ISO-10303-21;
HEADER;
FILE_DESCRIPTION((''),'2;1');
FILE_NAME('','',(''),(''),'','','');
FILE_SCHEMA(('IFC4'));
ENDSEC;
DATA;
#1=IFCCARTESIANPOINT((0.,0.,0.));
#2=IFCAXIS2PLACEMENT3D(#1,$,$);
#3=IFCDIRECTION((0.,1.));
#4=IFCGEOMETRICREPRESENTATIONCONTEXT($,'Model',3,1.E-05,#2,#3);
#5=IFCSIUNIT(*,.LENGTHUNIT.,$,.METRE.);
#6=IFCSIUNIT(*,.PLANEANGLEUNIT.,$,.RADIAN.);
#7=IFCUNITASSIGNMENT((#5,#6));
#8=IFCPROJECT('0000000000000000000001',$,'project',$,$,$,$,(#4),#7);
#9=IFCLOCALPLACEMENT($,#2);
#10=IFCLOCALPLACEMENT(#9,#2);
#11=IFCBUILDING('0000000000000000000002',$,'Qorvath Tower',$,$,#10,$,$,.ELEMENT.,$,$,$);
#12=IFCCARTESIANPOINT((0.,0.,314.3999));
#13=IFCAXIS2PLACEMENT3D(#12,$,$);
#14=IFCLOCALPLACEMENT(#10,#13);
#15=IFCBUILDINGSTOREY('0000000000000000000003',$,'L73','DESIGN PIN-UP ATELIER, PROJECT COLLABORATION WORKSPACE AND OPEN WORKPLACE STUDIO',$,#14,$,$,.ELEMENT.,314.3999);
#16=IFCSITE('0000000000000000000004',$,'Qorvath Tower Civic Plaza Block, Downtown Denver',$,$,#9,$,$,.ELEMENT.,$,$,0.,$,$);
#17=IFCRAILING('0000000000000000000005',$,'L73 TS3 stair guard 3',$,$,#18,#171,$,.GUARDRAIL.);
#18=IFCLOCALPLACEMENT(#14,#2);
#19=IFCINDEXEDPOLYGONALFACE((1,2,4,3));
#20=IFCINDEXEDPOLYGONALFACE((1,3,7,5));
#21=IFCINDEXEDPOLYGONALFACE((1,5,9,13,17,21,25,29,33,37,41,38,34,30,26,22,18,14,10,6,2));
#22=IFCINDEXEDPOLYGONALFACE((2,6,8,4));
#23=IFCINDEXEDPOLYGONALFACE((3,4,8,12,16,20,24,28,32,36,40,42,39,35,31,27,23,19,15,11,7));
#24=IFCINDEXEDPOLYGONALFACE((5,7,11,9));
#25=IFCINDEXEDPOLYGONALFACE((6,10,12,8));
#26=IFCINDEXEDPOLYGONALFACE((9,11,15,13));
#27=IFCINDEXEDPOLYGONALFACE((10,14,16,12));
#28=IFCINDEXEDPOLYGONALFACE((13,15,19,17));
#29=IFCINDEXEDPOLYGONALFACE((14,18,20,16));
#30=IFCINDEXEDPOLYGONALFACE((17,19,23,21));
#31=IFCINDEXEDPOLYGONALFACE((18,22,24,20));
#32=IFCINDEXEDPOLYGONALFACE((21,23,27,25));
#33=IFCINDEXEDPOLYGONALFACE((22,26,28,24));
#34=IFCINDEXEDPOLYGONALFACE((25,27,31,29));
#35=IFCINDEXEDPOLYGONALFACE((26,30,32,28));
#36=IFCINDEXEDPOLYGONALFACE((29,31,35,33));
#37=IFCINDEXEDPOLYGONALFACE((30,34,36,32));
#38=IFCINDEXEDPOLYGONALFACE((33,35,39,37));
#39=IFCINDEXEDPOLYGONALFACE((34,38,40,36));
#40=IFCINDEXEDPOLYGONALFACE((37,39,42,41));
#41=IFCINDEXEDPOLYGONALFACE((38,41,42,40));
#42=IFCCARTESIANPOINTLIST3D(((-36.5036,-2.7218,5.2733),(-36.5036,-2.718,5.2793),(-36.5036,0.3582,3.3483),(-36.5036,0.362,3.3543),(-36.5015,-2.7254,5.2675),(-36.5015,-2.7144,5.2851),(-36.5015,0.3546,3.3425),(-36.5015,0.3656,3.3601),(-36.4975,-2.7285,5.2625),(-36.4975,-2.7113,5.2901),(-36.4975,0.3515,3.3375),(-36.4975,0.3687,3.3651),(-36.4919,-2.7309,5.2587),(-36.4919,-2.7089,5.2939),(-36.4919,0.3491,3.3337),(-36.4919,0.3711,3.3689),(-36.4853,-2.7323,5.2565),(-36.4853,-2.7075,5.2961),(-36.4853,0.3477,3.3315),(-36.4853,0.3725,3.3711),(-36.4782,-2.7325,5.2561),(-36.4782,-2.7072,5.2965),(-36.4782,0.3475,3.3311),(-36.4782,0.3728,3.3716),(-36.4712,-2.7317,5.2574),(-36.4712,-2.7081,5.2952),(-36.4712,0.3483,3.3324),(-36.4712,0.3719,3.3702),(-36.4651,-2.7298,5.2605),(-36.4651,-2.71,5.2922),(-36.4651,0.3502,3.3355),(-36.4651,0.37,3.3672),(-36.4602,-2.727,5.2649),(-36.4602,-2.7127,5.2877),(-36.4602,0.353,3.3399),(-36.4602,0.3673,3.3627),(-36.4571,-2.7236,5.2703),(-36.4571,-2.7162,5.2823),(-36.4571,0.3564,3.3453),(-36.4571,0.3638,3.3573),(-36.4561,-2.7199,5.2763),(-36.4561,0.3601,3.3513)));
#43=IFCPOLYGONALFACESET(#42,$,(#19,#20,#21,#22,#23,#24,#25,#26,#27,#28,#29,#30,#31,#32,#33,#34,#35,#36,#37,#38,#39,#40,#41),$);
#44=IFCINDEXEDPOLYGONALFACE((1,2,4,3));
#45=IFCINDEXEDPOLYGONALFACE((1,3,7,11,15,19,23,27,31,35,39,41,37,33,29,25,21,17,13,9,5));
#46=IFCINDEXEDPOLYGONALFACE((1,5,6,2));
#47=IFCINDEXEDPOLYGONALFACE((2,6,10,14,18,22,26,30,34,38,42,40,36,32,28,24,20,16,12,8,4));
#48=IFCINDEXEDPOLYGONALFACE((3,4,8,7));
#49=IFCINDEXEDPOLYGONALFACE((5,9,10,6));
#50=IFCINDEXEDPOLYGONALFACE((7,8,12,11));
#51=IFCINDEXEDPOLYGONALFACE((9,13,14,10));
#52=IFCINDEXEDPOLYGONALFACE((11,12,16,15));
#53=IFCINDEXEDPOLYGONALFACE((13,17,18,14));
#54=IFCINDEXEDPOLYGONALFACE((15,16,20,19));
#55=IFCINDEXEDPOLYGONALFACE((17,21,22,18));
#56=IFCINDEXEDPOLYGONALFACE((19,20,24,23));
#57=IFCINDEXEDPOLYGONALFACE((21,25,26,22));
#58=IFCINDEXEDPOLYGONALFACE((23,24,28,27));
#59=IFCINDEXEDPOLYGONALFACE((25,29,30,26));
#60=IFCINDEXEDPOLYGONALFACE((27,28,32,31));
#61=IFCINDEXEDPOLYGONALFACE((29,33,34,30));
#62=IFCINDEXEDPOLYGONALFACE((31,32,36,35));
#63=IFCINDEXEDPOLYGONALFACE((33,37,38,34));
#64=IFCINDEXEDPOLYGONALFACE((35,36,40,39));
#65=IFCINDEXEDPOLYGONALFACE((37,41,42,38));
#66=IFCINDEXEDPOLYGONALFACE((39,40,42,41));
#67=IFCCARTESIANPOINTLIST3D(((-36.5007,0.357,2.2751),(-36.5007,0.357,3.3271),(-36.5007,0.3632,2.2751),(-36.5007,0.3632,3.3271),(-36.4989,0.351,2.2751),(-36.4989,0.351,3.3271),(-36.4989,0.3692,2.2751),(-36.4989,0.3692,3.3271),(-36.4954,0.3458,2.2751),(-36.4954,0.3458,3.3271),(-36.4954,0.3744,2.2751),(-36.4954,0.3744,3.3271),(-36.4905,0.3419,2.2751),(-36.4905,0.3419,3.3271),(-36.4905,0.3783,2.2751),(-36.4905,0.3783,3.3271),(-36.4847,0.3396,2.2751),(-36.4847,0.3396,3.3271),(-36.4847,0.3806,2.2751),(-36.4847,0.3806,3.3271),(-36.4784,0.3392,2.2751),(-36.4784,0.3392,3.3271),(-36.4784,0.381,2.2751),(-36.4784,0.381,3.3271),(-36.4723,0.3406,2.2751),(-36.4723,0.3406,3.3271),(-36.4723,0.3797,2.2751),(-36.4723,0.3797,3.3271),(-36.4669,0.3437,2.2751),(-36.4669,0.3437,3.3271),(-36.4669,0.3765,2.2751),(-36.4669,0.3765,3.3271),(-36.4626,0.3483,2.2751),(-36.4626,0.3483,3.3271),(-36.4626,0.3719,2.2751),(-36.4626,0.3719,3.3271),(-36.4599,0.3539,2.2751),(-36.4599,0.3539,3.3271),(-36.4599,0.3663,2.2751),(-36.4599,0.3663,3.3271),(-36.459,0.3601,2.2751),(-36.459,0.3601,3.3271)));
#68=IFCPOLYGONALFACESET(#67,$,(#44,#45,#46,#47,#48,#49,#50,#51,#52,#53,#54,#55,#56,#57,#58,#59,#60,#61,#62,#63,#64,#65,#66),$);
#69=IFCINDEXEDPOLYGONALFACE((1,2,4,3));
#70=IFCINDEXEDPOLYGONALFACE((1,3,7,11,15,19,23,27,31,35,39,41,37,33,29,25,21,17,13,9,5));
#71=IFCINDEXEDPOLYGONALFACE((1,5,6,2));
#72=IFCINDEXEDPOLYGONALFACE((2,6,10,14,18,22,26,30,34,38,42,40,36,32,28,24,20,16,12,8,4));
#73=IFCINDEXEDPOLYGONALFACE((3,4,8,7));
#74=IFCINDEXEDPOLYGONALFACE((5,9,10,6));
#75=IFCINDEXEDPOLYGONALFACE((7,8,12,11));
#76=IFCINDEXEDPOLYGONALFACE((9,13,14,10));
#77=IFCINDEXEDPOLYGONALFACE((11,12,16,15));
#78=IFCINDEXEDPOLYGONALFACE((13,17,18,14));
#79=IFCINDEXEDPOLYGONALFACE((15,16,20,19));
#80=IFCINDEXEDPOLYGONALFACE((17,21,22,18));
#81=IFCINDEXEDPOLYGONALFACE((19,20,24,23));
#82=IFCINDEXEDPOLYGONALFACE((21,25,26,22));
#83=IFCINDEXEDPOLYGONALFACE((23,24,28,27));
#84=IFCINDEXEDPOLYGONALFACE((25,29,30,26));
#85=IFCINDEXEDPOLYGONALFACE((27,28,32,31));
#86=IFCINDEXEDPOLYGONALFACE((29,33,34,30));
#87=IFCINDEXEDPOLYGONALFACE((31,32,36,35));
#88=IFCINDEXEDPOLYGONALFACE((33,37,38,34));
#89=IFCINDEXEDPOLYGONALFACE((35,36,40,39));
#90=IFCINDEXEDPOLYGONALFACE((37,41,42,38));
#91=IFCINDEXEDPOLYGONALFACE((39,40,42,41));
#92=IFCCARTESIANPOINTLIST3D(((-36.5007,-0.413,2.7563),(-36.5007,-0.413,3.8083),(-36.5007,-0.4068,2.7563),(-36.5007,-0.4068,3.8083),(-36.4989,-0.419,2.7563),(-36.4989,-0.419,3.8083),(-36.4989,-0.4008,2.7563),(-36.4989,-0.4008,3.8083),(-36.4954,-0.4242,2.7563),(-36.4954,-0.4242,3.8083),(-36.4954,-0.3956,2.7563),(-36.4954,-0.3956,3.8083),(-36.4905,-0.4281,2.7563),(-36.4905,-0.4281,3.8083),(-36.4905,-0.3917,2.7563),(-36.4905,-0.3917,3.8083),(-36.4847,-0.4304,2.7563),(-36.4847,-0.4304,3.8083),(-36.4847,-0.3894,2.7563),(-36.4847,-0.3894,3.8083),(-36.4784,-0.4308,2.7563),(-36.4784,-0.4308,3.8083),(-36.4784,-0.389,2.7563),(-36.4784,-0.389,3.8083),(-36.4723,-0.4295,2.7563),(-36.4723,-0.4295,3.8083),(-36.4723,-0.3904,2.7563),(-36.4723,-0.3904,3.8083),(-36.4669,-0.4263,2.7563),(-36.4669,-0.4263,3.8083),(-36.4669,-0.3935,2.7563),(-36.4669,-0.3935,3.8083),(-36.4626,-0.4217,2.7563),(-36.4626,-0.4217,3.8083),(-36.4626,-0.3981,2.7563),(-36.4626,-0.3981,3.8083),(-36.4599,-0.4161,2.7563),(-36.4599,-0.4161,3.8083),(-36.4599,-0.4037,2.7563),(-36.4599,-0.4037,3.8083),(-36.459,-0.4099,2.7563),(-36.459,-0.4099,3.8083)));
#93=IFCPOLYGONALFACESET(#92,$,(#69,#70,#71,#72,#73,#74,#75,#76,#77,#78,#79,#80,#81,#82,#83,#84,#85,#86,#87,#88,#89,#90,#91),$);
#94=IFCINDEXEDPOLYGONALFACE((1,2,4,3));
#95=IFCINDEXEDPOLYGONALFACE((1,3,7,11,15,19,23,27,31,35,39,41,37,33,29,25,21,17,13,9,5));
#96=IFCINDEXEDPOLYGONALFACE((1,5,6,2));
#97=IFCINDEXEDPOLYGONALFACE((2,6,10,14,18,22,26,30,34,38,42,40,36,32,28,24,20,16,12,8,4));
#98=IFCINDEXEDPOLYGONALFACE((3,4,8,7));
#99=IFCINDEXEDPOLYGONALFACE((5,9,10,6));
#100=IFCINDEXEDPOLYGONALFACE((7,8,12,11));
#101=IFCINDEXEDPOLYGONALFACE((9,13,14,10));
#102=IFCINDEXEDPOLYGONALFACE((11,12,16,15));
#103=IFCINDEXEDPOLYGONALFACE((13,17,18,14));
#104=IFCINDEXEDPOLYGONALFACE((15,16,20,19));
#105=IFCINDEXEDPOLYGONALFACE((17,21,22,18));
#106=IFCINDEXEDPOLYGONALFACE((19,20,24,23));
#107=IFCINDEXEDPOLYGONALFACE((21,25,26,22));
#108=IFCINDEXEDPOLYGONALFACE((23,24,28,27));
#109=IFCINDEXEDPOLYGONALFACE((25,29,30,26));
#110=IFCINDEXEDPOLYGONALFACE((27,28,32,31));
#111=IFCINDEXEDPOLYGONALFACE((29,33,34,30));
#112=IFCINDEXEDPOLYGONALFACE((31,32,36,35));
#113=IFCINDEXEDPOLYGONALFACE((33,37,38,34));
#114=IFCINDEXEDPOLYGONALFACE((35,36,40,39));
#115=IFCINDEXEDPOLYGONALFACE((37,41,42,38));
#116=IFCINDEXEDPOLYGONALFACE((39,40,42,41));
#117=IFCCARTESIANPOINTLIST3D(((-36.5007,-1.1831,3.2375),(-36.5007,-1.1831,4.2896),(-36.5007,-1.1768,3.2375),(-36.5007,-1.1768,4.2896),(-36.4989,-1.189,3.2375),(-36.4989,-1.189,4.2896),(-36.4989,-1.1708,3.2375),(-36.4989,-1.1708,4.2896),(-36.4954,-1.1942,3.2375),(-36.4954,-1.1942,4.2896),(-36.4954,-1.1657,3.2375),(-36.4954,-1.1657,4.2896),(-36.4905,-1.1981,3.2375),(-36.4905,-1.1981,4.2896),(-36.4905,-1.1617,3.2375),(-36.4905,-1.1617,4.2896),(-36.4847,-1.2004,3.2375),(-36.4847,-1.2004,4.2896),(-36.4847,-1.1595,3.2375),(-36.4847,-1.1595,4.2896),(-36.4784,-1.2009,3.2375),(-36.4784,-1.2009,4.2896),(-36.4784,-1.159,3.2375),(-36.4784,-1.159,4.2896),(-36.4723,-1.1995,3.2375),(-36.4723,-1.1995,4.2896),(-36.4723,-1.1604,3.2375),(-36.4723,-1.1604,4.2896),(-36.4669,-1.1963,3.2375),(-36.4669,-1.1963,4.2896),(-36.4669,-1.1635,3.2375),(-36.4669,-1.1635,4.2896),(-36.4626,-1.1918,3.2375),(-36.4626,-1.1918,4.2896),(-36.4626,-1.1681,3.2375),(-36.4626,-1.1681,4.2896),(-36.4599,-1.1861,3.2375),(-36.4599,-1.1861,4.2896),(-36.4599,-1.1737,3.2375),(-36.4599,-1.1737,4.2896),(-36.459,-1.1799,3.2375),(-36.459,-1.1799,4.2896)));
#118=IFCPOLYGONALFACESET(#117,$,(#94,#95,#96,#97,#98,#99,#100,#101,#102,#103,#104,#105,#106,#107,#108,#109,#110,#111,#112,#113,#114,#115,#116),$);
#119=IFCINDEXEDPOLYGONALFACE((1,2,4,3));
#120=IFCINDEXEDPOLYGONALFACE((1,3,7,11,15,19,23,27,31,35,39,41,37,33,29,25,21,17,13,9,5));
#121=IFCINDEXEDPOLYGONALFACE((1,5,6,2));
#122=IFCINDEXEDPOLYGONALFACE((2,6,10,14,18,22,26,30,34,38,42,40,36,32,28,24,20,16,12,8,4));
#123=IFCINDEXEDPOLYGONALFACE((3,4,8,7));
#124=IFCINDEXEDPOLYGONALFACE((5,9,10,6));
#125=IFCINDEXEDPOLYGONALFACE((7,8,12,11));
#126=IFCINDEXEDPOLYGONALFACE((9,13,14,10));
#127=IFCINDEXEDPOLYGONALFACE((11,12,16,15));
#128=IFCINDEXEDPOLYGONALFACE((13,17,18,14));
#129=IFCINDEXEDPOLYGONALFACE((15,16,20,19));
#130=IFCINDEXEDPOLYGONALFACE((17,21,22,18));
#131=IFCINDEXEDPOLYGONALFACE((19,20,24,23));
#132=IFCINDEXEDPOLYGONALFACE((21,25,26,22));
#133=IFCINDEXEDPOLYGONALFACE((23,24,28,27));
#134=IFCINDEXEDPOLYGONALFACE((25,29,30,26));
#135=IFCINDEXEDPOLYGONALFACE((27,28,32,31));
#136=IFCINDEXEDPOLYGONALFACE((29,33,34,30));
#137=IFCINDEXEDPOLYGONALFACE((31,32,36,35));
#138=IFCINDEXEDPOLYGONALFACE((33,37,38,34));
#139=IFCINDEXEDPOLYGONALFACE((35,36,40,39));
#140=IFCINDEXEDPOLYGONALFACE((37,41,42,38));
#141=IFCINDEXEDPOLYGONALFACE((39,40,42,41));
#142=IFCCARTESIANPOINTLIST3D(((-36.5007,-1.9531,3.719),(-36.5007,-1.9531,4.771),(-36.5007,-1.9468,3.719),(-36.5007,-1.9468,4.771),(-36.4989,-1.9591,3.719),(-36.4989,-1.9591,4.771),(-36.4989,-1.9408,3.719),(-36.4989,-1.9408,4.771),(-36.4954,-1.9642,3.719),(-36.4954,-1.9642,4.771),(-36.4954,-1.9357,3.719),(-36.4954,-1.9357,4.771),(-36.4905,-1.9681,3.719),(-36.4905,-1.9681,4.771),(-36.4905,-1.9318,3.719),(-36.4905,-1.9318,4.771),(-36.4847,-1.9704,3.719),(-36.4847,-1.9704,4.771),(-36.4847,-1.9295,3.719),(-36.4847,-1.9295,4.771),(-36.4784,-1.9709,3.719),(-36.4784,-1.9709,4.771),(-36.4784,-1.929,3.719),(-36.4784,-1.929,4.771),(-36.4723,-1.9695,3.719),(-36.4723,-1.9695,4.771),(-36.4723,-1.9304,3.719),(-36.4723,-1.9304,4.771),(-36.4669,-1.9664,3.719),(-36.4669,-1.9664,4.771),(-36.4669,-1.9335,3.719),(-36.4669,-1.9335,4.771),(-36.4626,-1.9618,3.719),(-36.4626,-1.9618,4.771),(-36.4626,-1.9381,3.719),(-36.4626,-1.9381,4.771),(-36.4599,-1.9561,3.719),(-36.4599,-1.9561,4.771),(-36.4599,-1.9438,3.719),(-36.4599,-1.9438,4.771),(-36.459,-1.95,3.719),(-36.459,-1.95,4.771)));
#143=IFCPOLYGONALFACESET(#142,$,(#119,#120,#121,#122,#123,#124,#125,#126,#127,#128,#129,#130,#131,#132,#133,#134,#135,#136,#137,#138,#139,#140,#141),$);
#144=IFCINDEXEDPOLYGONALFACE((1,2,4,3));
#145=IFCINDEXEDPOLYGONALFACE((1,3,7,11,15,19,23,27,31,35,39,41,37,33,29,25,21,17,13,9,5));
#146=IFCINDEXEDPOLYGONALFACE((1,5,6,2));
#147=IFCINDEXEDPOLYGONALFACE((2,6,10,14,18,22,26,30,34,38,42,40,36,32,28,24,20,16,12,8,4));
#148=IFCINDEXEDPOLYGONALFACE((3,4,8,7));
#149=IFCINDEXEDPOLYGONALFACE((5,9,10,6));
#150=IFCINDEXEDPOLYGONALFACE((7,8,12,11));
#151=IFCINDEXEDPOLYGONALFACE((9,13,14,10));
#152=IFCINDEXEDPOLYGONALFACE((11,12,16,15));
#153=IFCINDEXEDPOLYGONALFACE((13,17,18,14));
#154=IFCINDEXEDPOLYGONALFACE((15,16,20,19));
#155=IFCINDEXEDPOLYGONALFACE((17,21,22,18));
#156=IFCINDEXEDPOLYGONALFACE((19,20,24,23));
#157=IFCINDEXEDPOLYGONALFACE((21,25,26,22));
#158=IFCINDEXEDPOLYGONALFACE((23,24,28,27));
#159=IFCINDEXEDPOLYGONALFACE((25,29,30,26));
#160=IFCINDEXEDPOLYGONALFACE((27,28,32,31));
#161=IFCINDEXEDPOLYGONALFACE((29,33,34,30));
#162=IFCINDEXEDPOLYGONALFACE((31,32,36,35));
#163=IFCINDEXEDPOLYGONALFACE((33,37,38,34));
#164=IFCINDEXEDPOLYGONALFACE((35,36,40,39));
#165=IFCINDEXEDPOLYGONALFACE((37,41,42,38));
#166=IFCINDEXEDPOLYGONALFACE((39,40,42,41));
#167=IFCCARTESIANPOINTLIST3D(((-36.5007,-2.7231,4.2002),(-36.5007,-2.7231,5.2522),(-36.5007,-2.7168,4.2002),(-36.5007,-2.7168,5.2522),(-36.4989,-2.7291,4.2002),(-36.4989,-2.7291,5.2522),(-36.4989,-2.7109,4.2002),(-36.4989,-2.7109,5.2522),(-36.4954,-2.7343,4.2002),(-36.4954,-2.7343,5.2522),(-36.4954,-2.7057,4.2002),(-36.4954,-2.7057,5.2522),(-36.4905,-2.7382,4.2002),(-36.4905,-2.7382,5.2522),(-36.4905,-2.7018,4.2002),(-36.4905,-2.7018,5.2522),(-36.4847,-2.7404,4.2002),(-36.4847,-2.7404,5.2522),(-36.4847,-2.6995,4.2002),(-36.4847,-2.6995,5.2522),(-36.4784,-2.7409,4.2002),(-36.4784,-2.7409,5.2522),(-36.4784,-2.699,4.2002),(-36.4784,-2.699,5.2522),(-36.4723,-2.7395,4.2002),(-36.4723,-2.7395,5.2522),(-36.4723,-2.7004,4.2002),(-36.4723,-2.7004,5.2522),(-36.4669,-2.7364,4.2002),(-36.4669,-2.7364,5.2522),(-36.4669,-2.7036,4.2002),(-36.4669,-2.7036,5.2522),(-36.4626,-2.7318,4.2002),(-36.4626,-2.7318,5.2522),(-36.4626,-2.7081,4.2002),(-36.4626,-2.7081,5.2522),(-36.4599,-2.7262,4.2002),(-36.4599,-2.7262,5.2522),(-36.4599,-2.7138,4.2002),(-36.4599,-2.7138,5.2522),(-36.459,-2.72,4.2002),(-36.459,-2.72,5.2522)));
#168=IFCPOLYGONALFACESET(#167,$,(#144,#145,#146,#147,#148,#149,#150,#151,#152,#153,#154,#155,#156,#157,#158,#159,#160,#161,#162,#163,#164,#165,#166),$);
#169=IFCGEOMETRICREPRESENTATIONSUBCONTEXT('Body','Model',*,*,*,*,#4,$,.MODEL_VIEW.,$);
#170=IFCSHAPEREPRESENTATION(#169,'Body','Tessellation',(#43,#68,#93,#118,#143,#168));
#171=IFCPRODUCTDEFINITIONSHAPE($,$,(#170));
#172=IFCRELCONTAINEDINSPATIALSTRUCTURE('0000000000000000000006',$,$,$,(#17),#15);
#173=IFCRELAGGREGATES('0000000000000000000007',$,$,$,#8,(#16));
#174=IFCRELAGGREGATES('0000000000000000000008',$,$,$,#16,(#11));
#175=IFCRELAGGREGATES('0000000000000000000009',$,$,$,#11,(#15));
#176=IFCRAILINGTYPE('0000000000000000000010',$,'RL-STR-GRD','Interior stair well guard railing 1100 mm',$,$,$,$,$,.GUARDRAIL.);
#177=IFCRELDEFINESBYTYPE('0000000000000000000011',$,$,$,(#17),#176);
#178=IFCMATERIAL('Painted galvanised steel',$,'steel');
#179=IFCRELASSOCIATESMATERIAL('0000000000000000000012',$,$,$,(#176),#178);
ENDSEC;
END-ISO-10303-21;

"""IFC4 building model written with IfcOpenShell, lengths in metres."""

from ifc_helpers import new_model, si_unit, direction, frame, origin, origin_2d, place, context, subcontext, project, spatial, circle, extrude, material, type_object, element, save


model = new_model("IFC4")

# Units and contexts
model_context = context("Model", 3, precision=1e-05, world=origin(), true_north=direction((0.0, 1.0)))
body_context = subcontext(model_context, "Body", "Model", "MODEL_VIEW")
ifc_project = project(units=[si_unit("LENGTHUNIT", "METRE"), si_unit("PLANEANGLEUNIT", "RADIAN")], contexts=[model_context])

# Site, building, storey
site_placement = place(None, origin())
site = spatial("IfcSite", under=ifc_project, at=site_placement, Name="Qorvath Tower Civic Plaza Block, Downtown Denver", CompositionType="ELEMENT", RefElevation=0.0)
building_placement = place(site_placement, origin())
building = spatial("IfcBuilding", under=site, at=building_placement, Name="Qorvath Tower", CompositionType="ELEMENT")
storey_placement = place(building_placement, frame((0.0, 0.0, 314.3999)))
storey = spatial("IfcBuildingStorey", under=building, at=storey_placement, Name="L73", Description="DESIGN PIN-UP ATELIER, PROJECT COLLABORATION WORKSPACE AND OPEN WORKPLACE STUDIO", CompositionType="ELEMENT", Elevation=314.3999)

# Railing
ifc_material_1 = material(Name="Painted galvanised steel", Category="steel")
railing_type_1 = type_object("IfcRailingType", Name="RL-STR-GRD", Description="Interior stair well guard railing 1100 mm", PredefinedType="GUARDRAIL", material=ifc_material_1)
railing_1_placement = place(storey_placement, frame((-36.48, 0.3601, 2.2751)))
element("IfcRailing", 1, at=railing_1_placement, inside=storey, type_object=railing_type_1, Name="L73 TS3 stair guard 3", PredefinedType="GUARDRAIL", context=body_context, shape_type="SweptSolid", body=[
    extrude(circle(Radius=0.0239, at=origin_2d()), frame((0.0, 0.0, 1.0762), z_axis=(0.0, -0.847998, 0.529999), x_axis=(1.0, 0.0, 0.0)), (0.0, 0.0, 1.0), 3.6321),
    extrude(circle(Radius=0.021, at=origin_2d()), origin(), (0.0, 0.0, 1.0), 1.052),
    extrude(circle(Radius=0.021, at=origin_2d()), frame((0.0, -0.77, 0.4812)), (0.0, 0.0, 1.0), 1.052),
    extrude(circle(Radius=0.021, at=origin_2d()), frame((0.0, -1.54, 0.9624)), (0.0, 0.0, 1.0), 1.052),
    extrude(circle(Radius=0.021, at=origin_2d()), frame((0.0, -2.3101, 1.4438)), (0.0, 0.0, 1.0), 1.052),
    extrude(circle(Radius=0.021, at=origin_2d()), frame((0.0, -3.0801, 1.925)), (0.0, 0.0, 1.0), 1.052),
])

save(model, "model.ifc")
